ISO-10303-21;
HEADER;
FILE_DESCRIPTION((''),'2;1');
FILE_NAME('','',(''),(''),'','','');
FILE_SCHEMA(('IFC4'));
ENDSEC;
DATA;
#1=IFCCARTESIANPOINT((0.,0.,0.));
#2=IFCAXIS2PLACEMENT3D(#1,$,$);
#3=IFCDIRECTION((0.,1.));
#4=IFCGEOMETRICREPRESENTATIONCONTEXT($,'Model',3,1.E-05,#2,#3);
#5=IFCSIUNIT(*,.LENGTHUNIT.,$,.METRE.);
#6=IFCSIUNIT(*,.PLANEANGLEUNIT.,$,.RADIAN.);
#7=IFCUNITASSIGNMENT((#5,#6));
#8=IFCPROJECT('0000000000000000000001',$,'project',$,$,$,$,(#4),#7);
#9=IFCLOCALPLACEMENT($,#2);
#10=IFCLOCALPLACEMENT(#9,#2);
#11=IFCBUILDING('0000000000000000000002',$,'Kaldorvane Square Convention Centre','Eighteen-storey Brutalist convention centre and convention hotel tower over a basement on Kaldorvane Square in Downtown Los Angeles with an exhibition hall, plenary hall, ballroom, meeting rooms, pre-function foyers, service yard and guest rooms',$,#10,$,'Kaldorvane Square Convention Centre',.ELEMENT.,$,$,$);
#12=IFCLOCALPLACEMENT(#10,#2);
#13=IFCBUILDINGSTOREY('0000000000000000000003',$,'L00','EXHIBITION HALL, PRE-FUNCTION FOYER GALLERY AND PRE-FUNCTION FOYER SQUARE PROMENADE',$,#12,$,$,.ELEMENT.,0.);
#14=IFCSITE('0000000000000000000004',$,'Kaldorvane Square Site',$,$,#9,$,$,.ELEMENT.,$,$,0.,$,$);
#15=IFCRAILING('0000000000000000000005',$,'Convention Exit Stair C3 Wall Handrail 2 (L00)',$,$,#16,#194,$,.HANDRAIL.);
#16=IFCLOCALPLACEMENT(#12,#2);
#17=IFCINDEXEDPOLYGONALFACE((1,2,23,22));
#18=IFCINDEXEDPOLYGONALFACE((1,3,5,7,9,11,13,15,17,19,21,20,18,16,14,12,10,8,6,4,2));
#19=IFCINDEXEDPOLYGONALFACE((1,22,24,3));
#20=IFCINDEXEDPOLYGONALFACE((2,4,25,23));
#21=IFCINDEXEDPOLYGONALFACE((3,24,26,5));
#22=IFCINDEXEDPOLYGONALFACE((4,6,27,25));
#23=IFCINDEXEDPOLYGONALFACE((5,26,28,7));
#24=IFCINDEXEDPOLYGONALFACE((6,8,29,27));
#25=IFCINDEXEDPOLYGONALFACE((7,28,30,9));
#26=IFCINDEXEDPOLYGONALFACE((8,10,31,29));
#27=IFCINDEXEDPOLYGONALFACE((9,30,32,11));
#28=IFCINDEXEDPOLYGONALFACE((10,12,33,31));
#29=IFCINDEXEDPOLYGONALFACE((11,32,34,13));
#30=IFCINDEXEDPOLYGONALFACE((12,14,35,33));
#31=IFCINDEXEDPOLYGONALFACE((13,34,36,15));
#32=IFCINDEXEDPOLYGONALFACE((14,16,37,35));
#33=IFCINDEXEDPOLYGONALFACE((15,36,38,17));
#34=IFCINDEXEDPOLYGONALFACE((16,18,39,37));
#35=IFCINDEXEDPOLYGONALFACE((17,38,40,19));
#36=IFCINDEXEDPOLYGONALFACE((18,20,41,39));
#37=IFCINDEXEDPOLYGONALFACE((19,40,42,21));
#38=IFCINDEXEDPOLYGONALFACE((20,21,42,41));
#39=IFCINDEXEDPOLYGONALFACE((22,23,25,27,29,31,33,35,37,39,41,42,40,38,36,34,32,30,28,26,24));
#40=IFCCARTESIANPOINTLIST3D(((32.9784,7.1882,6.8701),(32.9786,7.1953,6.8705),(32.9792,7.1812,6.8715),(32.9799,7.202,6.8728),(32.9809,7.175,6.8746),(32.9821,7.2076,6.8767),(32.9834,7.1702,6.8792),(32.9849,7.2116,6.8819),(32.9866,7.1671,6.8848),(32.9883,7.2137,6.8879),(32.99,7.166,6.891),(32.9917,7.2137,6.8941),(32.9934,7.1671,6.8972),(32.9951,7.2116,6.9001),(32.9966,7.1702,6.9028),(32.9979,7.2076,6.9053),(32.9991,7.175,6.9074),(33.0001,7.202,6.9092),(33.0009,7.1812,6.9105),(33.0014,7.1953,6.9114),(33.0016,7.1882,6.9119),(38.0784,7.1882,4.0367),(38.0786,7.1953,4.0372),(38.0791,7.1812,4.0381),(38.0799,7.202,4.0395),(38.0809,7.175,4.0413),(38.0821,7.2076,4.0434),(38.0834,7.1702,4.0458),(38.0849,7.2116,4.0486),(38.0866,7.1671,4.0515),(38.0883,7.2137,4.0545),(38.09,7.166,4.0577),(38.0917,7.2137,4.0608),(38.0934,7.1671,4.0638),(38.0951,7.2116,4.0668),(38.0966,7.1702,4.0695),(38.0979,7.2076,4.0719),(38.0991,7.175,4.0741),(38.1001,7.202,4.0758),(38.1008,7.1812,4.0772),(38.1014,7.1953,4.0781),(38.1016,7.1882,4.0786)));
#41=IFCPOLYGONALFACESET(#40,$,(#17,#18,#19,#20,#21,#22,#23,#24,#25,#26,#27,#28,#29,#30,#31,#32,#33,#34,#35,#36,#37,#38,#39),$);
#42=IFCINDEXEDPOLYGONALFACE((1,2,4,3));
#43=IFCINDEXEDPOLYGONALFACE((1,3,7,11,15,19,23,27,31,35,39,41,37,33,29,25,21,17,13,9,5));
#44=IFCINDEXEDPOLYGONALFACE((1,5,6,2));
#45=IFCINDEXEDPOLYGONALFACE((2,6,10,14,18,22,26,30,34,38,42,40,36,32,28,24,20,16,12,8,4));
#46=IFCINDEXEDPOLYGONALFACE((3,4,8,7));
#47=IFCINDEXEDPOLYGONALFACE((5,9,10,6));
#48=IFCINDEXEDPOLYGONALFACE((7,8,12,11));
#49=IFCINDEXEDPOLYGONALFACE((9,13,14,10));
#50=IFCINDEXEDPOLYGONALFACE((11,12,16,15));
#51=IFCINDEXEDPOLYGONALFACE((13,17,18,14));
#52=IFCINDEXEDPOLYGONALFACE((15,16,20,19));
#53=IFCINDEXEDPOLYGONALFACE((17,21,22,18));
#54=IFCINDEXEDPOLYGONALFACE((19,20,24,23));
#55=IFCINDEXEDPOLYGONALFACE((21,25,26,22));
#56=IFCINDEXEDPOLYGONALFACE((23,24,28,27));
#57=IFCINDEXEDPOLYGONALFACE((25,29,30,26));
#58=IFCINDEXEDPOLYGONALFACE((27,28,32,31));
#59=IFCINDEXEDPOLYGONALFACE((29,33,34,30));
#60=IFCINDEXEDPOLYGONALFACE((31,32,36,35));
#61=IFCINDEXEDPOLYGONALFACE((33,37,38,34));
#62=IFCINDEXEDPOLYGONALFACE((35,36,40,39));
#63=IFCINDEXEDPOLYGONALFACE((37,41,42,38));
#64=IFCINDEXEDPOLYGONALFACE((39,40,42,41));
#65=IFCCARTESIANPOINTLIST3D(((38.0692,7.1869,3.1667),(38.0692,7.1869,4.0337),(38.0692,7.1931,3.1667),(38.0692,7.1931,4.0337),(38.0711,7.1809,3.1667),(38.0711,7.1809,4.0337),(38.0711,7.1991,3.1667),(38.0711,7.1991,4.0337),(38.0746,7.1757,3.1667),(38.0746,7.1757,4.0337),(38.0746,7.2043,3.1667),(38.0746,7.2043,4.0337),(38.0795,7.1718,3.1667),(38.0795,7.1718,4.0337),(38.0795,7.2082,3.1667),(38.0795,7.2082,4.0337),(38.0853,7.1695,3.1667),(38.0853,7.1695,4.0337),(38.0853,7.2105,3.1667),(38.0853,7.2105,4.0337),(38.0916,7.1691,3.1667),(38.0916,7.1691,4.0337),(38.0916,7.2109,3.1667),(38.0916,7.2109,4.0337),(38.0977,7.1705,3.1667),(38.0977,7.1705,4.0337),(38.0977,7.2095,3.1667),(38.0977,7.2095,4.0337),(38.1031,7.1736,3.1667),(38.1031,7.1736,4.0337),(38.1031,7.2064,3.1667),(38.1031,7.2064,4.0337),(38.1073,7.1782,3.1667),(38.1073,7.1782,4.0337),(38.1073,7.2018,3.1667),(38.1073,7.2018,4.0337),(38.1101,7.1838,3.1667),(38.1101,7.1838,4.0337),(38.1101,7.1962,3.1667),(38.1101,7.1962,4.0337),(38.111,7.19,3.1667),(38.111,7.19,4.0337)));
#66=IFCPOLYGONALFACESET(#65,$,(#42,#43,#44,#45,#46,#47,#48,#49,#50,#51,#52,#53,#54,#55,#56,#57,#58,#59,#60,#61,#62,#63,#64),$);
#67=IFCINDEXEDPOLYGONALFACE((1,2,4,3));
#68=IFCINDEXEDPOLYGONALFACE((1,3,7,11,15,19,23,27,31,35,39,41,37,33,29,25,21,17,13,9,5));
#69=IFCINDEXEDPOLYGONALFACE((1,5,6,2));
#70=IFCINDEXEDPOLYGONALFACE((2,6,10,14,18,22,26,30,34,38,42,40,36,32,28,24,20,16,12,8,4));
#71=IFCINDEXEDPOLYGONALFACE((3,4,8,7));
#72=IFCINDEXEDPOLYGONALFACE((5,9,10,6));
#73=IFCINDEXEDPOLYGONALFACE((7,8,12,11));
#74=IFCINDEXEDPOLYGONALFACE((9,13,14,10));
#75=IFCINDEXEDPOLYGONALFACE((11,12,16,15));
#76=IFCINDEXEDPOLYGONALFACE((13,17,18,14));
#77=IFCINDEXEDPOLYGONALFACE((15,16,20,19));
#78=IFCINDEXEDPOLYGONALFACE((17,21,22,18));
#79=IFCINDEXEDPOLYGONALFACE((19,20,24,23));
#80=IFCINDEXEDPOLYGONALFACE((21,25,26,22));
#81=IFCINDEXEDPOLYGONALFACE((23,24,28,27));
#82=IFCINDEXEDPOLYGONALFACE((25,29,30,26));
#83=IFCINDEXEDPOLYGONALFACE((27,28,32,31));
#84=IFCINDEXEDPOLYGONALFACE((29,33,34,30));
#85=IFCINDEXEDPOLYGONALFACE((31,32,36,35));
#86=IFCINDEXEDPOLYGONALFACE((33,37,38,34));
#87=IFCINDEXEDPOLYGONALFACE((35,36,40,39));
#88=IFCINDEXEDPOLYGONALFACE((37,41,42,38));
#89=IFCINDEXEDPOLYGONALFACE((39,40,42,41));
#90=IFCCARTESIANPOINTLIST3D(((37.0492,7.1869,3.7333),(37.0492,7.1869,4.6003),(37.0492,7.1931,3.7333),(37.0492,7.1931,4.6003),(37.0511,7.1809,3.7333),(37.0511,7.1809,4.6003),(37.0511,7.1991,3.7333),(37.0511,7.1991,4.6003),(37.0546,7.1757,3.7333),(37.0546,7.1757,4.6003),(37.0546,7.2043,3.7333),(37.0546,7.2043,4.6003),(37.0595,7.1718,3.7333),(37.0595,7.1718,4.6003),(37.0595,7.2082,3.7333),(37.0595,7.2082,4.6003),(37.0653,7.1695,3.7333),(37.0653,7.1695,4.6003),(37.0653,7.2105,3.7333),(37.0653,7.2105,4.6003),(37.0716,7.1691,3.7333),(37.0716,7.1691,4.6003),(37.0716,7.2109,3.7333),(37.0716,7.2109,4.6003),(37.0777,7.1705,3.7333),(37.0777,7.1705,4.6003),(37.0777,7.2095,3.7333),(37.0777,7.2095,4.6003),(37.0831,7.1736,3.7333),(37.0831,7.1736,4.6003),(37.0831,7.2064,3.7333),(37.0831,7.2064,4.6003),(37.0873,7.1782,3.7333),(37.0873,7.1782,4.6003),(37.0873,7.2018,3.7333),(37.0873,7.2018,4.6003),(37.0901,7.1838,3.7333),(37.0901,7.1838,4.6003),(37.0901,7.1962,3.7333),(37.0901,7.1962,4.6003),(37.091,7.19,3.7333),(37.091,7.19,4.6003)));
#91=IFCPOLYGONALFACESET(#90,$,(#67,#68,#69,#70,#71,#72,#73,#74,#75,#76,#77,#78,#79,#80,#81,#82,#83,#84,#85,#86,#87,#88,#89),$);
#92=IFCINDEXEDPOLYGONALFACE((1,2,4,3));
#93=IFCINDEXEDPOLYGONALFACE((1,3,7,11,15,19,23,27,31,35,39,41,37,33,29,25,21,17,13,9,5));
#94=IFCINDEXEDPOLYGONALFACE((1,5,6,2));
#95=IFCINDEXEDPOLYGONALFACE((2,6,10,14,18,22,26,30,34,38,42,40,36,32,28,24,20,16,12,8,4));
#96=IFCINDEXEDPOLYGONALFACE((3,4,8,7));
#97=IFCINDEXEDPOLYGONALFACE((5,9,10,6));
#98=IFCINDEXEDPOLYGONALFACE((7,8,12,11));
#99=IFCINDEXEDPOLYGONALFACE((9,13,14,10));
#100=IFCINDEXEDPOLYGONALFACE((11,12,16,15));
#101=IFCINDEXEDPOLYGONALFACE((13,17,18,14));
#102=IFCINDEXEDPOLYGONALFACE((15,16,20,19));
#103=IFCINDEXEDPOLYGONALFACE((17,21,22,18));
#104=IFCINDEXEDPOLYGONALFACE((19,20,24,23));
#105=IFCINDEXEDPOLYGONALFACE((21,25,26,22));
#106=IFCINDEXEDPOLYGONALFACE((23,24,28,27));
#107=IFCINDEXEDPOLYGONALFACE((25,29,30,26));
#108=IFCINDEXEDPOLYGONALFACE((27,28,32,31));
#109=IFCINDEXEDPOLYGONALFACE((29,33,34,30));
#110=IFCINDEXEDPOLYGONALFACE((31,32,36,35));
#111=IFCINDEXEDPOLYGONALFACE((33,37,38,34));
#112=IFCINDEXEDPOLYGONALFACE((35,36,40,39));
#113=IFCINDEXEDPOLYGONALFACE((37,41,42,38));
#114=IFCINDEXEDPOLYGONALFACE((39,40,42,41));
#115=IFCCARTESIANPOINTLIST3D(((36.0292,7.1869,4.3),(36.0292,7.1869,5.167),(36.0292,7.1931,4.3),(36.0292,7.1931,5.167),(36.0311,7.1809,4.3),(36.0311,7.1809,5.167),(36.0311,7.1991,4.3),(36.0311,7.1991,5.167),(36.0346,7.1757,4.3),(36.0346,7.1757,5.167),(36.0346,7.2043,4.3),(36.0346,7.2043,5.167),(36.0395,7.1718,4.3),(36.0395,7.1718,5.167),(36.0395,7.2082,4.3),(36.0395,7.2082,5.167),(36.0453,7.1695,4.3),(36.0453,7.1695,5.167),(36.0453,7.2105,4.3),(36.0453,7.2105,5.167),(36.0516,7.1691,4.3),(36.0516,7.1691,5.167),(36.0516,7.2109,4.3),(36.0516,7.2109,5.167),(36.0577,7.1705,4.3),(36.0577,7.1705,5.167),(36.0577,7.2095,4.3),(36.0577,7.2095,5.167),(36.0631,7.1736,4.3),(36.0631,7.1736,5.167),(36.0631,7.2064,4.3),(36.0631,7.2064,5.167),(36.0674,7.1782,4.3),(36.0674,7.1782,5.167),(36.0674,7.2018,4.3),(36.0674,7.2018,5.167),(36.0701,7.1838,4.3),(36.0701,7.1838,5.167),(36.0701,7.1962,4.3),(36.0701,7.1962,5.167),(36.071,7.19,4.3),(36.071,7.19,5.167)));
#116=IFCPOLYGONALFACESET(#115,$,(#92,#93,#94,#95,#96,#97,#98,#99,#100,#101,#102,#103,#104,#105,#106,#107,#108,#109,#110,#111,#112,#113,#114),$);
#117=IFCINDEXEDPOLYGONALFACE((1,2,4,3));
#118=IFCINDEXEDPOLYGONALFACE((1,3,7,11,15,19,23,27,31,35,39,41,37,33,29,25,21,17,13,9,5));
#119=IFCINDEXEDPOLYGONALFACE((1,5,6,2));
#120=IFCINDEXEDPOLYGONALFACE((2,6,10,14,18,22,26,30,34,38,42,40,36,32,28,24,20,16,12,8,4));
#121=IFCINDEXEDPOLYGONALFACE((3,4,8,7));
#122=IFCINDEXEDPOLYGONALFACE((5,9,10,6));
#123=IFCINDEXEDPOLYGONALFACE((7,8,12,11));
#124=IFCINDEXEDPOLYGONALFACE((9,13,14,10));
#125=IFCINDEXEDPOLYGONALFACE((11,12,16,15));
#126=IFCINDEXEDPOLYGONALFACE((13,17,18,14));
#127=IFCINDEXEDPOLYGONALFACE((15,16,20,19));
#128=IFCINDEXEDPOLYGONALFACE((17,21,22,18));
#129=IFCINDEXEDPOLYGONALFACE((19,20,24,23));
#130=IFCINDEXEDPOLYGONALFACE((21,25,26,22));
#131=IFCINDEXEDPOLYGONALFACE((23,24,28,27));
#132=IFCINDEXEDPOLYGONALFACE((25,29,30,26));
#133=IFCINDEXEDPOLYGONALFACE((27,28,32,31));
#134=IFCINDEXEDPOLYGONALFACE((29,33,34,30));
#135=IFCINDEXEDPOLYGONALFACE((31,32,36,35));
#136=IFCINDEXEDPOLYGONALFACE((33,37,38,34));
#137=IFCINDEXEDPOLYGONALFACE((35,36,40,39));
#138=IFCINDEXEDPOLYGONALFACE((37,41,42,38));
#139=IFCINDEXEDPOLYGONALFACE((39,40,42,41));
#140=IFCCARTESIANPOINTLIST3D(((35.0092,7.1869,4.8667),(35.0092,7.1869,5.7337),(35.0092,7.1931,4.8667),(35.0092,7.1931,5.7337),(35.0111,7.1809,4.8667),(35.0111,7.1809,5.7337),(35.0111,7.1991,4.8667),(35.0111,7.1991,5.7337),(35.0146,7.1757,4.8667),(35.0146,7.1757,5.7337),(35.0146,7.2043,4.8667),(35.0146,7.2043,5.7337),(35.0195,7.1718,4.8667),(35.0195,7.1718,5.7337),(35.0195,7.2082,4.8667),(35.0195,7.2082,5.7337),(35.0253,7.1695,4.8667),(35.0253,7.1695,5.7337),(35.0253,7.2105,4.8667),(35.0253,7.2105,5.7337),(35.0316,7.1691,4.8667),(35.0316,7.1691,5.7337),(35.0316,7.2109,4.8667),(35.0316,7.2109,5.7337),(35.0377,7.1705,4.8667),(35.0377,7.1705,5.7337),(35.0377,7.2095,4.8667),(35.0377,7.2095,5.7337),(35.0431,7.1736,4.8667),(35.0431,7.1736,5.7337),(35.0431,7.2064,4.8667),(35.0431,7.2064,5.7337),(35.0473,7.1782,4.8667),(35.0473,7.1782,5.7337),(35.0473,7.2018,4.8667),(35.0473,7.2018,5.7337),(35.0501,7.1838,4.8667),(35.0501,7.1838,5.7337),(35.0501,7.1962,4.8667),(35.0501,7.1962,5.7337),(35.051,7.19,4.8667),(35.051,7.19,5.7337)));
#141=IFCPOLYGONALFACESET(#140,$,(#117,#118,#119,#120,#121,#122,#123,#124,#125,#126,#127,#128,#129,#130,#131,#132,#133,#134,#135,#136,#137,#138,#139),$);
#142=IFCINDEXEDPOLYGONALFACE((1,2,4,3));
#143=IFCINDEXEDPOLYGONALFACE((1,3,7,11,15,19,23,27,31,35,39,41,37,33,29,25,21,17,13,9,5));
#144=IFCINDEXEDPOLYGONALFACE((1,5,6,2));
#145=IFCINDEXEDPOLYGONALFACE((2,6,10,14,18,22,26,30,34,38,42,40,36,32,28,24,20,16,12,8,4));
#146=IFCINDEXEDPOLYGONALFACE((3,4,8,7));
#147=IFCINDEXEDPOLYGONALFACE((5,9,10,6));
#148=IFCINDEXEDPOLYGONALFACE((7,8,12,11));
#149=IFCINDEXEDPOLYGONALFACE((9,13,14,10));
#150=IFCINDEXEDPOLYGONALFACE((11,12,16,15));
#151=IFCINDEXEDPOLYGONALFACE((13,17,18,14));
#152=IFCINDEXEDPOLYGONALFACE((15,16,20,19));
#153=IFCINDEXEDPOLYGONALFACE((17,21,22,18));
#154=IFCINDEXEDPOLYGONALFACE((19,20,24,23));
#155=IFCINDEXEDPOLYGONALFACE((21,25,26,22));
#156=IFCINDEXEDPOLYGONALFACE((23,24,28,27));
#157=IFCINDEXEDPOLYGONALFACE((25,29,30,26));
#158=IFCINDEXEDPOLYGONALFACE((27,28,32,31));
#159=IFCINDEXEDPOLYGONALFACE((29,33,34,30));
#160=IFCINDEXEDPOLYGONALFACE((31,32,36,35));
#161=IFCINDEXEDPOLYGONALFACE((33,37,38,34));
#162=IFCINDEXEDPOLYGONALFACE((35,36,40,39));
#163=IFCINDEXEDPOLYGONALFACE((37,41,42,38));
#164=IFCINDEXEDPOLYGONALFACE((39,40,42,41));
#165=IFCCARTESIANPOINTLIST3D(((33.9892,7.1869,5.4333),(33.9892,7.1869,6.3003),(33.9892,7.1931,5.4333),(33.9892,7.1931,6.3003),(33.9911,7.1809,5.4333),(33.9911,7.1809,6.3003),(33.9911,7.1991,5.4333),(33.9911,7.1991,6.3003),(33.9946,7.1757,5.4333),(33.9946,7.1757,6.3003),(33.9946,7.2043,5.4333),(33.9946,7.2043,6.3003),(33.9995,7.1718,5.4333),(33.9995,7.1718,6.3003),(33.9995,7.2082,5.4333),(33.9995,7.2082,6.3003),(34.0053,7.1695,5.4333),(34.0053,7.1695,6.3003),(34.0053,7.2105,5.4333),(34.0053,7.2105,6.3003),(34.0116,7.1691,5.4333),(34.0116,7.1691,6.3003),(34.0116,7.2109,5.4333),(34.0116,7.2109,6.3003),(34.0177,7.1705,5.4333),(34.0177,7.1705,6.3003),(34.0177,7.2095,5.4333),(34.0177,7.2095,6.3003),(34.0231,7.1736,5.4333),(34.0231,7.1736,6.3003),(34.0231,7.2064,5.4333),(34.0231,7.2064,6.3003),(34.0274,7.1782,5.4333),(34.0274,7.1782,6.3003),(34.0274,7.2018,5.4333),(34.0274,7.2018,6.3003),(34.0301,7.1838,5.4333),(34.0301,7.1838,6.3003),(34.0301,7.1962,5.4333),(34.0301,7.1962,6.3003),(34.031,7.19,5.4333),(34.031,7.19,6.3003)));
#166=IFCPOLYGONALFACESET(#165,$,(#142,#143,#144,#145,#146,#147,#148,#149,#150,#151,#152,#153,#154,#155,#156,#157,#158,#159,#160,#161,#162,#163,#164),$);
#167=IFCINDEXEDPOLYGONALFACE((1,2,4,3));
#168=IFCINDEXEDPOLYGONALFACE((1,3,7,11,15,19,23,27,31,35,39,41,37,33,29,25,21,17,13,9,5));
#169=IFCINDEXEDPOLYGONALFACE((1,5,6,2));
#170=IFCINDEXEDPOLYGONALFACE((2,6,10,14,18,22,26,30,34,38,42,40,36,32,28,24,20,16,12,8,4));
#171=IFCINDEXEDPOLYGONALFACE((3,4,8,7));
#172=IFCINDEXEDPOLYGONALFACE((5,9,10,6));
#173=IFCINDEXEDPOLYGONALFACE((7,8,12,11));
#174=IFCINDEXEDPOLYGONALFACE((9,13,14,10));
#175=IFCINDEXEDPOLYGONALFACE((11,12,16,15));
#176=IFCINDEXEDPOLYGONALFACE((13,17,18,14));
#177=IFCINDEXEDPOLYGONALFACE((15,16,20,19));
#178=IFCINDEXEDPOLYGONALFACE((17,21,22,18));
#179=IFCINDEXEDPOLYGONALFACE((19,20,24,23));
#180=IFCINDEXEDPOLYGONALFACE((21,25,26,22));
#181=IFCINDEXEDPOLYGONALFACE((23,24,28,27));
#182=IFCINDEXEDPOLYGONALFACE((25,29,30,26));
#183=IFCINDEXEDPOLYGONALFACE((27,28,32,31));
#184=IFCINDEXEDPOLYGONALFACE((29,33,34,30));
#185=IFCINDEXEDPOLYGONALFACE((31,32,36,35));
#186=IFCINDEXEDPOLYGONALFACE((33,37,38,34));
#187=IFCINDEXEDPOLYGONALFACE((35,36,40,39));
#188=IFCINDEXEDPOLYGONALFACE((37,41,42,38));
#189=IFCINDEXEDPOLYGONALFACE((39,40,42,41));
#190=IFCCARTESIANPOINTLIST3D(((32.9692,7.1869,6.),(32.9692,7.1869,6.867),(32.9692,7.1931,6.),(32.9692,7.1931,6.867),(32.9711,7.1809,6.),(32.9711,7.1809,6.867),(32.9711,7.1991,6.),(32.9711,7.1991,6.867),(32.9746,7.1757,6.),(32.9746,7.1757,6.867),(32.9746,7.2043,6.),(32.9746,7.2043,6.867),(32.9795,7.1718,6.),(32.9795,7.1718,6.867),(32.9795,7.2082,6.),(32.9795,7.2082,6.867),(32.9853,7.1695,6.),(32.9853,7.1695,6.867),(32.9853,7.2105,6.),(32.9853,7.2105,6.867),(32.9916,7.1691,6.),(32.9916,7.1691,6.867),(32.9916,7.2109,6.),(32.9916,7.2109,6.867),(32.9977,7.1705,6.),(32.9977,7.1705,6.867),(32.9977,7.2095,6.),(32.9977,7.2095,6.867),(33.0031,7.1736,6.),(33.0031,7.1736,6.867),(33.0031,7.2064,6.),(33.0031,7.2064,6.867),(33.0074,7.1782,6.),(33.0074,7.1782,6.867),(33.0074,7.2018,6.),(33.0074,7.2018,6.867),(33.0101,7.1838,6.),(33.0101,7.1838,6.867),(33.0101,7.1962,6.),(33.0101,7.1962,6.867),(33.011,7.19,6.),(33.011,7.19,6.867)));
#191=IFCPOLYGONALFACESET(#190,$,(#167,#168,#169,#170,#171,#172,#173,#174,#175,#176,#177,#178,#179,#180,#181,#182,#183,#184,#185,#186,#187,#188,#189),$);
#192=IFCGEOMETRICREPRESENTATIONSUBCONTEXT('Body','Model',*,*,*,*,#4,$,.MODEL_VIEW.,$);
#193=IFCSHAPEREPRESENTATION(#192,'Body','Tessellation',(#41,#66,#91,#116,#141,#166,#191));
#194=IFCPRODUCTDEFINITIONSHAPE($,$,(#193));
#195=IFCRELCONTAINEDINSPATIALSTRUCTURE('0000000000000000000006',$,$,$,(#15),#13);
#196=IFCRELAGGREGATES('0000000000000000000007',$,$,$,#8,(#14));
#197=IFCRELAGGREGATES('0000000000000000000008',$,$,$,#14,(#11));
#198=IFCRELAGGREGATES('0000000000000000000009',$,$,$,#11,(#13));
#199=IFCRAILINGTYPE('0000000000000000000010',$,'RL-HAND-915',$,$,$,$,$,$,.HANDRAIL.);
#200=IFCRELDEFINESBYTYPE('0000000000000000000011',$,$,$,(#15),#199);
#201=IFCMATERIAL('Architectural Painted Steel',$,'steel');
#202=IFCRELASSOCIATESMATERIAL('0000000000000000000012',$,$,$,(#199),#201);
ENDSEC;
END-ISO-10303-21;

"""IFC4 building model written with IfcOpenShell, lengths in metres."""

from ifc_helpers import new_model, si_unit, direction, frame, origin, origin_2d, place, context, subcontext, project, spatial, circle, extrude, material, type_object, element, save


model = new_model("IFC4")

# Units and contexts
model_context = context("Model", 3, precision=1e-05, world=origin(), true_north=direction((0.0, 1.0)))
body_context = subcontext(model_context, "Body", "Model", "MODEL_VIEW")
ifc_project = project(units=[si_unit("LENGTHUNIT", "METRE"), si_unit("PLANEANGLEUNIT", "RADIAN")], contexts=[model_context])

# Site, building, storey
site_placement = place(None, origin())
site = spatial("IfcSite", under=ifc_project, at=site_placement, Name="Kaldorvane Square Site", CompositionType="ELEMENT", RefElevation=0.0)
building_placement = place(site_placement, origin())
building = spatial("IfcBuilding", under=site, at=building_placement, Name="Kaldorvane Square Convention Centre", Description="Eighteen-storey Brutalist convention centre and convention hotel tower over a basement on Kaldorvane Square in Downtown Los Angeles with an exhibition hall, plenary hall, ballroom, meeting rooms, pre-function foyers, service yard and guest rooms", LongName="Kaldorvane Square Convention Centre", CompositionType="ELEMENT")
storey_placement = place(building_placement, origin())
storey = spatial("IfcBuildingStorey", under=building, at=storey_placement, Name="L00", Description="EXHIBITION HALL, PRE-FUNCTION FOYER GALLERY AND PRE-FUNCTION FOYER SQUARE PROMENADE", CompositionType="ELEMENT", Elevation=0.0)

# Railing
ifc_material_1 = material(Name="Architectural Painted Steel", Category="steel")
railing_type = type_object("IfcRailingType", Name="RL-HAND-915", PredefinedType="HANDRAIL", material=ifc_material_1)
for number, where, name in (
    (1, (38.09, 7.19, 3.1667), "Convention Exit Stair C3 Wall Handrail 2 (L00)"),
):
    element("IfcRailing", number, at=place(storey_placement, frame(where)), inside=storey, type_object=railing_type, Name=name, PredefinedType="HANDRAIL", context=body_context, shape_type="SweptSolid", body=[
        extrude(circle(Radius=0.024, at=origin_2d()), frame((0.0, 0.0, 0.891), z_axis=(-0.874157, 0.0, 0.485643), x_axis=(0.0, -1.0, 0.0)), (0.0, 0.0, 1.0), 5.8342),
        extrude(circle(Radius=0.021, at=origin_2d()), origin(), (0.0, 0.0, 1.0), 0.867),
        extrude(circle(Radius=0.021, at=origin_2d()), frame((-1.02, 0.0, 0.5667)), (0.0, 0.0, 1.0), 0.867),
        extrude(circle(Radius=0.021, at=origin_2d()), frame((-2.04, 0.0, 1.1333)), (0.0, 0.0, 1.0), 0.867),
        extrude(circle(Radius=0.021, at=origin_2d()), frame((-3.06, 0.0, 1.7)), (0.0, 0.0, 1.0), 0.867),
        extrude(circle(Radius=0.021, at=origin_2d()), frame((-4.08, 0.0, 2.2667)), (0.0, 0.0, 1.0), 0.867),
        extrude(circle(Radius=0.021, at=origin_2d()), frame((-5.1, 0.0, 2.8333)), (0.0, 0.0, 1.0), 0.867),
    ])

save(model, "model.ifc")
